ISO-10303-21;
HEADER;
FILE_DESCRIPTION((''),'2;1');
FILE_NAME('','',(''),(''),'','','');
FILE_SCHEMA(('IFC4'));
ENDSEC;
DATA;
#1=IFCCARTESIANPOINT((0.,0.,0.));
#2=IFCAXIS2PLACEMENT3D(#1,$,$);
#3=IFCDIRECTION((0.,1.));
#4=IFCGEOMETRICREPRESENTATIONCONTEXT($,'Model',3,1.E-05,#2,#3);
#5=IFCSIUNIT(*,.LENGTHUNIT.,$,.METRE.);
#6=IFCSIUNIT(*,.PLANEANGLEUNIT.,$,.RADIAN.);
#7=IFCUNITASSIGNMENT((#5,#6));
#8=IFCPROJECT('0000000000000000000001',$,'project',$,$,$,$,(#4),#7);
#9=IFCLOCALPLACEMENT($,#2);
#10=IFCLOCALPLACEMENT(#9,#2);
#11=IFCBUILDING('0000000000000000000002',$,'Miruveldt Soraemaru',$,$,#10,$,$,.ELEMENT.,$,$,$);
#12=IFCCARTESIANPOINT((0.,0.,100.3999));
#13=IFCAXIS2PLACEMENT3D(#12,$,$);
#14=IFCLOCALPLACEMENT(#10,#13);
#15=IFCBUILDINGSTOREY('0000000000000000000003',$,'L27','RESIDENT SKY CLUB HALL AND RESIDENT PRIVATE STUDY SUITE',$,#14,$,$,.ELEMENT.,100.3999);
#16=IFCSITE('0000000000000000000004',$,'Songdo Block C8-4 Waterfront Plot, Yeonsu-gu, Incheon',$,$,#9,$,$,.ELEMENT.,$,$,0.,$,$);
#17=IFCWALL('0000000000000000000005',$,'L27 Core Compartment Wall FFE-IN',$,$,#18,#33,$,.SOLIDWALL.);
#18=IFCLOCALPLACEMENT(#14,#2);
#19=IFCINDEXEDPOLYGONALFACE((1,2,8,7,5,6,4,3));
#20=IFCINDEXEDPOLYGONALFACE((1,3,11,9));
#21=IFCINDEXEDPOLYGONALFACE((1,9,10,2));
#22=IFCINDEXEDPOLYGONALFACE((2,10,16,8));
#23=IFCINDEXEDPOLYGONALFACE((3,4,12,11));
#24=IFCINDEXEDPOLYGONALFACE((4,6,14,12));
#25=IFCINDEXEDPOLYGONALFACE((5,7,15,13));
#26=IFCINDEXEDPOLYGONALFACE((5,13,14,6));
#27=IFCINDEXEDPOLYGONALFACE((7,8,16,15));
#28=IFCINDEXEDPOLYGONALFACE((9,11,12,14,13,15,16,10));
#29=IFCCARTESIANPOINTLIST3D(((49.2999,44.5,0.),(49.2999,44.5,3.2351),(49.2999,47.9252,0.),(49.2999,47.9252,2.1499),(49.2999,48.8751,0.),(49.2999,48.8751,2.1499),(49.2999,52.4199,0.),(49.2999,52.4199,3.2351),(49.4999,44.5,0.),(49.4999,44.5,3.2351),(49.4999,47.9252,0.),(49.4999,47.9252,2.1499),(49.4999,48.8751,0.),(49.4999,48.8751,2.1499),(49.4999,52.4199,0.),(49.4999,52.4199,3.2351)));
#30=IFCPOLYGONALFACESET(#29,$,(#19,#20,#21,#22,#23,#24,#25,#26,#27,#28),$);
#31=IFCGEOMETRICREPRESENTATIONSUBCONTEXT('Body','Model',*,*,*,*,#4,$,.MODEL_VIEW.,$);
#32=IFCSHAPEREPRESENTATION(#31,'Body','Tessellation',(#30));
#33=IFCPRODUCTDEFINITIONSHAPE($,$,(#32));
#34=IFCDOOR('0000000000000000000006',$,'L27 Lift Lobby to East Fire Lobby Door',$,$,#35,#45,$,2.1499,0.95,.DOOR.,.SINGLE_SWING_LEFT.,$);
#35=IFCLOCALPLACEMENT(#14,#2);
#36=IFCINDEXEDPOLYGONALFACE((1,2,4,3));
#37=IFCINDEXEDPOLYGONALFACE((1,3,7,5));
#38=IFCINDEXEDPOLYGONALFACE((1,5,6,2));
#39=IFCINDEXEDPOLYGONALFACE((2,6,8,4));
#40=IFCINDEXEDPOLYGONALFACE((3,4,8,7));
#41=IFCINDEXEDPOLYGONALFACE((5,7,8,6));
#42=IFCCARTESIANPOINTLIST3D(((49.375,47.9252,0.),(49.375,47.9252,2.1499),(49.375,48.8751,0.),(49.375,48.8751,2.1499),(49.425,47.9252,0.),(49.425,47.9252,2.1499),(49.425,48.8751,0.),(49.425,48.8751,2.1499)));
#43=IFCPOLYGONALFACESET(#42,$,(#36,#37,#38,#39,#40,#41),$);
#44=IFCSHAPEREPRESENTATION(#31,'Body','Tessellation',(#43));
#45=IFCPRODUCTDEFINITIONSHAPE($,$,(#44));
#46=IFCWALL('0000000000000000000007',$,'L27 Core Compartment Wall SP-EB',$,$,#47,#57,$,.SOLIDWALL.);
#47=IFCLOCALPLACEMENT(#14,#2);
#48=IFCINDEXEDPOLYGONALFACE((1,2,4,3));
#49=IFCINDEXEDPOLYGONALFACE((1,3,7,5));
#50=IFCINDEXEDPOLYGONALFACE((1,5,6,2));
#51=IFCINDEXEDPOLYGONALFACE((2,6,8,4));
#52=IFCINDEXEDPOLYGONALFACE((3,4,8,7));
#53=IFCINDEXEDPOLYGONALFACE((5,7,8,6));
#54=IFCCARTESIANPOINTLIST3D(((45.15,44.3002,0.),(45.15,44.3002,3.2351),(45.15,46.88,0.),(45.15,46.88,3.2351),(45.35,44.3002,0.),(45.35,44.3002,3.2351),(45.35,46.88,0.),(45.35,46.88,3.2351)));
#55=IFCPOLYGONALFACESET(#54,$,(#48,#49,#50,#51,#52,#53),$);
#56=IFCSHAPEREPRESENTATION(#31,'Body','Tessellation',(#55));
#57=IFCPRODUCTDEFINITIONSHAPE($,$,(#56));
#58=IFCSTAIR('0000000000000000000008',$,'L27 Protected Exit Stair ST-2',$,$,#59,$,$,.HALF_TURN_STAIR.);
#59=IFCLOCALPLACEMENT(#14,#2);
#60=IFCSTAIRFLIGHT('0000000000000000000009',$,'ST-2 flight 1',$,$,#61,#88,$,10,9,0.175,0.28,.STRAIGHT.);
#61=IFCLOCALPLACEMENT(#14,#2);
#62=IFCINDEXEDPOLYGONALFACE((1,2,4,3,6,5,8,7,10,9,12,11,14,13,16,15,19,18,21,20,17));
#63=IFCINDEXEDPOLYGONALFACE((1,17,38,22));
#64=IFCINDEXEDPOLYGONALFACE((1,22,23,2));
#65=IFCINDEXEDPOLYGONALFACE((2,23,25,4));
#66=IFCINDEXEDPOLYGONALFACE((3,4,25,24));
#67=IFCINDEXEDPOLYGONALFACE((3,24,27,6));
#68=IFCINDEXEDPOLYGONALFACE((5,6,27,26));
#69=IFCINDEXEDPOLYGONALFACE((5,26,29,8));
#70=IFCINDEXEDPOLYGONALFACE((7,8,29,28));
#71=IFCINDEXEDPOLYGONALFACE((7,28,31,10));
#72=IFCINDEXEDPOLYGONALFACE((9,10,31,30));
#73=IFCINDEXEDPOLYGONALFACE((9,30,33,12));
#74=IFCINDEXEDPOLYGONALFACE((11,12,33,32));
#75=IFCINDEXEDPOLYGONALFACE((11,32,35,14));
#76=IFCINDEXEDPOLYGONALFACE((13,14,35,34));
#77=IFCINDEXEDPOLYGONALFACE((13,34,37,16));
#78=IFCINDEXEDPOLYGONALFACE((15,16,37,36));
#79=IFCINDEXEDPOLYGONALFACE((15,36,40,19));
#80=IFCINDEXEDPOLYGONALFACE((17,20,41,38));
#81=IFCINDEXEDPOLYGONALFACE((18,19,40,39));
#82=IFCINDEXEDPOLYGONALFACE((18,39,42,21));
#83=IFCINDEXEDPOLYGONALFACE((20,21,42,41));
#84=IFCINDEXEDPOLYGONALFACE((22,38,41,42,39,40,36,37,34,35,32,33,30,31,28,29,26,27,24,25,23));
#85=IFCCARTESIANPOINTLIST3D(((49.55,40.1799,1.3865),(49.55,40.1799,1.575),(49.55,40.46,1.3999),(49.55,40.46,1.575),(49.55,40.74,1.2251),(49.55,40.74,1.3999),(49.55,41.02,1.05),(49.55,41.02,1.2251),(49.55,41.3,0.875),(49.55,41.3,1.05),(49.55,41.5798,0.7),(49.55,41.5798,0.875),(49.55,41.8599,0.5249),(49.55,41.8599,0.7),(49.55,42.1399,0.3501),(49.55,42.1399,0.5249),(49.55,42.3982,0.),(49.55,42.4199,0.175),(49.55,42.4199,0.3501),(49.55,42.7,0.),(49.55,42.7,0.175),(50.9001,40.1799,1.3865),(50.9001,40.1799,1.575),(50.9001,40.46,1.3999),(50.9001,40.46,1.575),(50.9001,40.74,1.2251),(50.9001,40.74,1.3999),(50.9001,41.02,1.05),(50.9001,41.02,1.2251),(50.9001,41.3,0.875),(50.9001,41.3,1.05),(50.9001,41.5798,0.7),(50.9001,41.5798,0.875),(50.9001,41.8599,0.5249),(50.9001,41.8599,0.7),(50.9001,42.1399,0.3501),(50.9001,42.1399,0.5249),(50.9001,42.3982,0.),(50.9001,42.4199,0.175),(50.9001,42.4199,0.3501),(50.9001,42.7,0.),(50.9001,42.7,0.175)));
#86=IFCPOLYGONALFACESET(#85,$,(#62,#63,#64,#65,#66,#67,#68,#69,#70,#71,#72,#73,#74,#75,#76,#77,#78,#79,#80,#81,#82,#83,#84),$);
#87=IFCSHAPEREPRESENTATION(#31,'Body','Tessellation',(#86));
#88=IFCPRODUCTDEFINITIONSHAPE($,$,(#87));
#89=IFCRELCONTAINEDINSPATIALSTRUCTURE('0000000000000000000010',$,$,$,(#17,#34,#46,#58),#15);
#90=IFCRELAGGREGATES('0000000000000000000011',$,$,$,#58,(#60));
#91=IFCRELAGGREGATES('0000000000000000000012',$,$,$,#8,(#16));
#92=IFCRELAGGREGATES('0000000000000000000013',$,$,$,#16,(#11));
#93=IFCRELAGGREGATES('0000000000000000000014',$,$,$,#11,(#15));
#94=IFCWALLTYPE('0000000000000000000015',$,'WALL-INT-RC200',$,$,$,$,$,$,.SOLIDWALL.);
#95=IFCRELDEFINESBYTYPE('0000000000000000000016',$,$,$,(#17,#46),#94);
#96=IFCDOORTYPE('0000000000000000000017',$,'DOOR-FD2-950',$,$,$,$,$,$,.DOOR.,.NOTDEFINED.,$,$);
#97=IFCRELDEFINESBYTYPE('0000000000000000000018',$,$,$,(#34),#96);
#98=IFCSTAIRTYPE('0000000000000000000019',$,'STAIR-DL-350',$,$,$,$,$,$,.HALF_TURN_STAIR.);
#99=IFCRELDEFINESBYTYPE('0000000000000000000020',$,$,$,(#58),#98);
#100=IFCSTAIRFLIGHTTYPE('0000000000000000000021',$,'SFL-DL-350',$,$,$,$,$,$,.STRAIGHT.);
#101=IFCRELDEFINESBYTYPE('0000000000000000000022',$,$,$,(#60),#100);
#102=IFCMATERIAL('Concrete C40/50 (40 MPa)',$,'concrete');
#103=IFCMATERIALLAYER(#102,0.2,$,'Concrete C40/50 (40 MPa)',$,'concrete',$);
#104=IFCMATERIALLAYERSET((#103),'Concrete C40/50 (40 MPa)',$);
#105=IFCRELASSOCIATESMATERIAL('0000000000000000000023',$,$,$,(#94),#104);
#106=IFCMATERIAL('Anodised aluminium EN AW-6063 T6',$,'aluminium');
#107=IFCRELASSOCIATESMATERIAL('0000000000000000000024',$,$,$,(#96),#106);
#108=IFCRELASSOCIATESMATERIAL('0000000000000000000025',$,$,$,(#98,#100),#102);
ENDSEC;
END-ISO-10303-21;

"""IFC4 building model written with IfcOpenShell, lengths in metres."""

from ifc_helpers import new_model, si_unit, direction, frame, frame_2d, origin, place, context, subcontext, project, spatial, polyline, rectangle, outline, extrude, material, layer, layer_set, type_object, element, fill, aggregate, save


model = new_model("IFC4")

# Units and contexts
model_context = context("Model", 3, precision=1e-05, world=origin(), true_north=direction((0.0, 1.0)))
body_context = subcontext(model_context, "Body", "Model", "MODEL_VIEW")
ifc_project = project(units=[si_unit("LENGTHUNIT", "METRE"), si_unit("PLANEANGLEUNIT", "RADIAN")], contexts=[model_context])

# Site, building, storey
site_placement = place(None, origin())
site = spatial("IfcSite", under=ifc_project, at=site_placement, Name="Songdo Block C8-4 Waterfront Plot, Yeonsu-gu, Incheon", CompositionType="ELEMENT", RefElevation=0.0)
building_placement = place(site_placement, origin())
building = spatial("IfcBuilding", under=site, at=building_placement, Name="Miruveldt Soraemaru", CompositionType="ELEMENT")
storey_placement = place(building_placement, frame((0.0, 0.0, 100.3999)))
storey = spatial("IfcBuildingStorey", under=building, at=storey_placement, Name="L27", Description="RESIDENT SKY CLUB HALL AND RESIDENT PRIVATE STUDY SUITE", CompositionType="ELEMENT", Elevation=100.3999)

# Shared definitions
ifc_material_1 = material(Name="Anodised aluminium EN AW-6063 T6", Category="aluminium")

# Shared definitions
ifc_material_2 = material(Name="Concrete C40/50 (40 MPa)", Category="concrete")

# Wall, opening, door
ifc_layer_1 = layer(ifc_material_2, 0.2, Name="Concrete C40/50 (40 MPa)", Category="concrete")
ifc_layer_set_1 = layer_set([ifc_layer_1], Name="Concrete C40/50 (40 MPa)")
wall_type_1 = type_object("IfcWallType", Name="WALL-INT-RC200", PredefinedType="SOLIDWALL", material=ifc_layer_set_1)
wall_1_placement = place(storey_placement, frame((49.3999, 44.5, 0.0), z_axis=(0.0, 0.0, 1.0), x_axis=(0.0, 1.0, 0.0)))
wall_1 = element("IfcWall", 1, at=wall_1_placement, inside=storey, type_object=wall_type_1, Name="L27 Core Compartment Wall FFE-IN", PredefinedType="SOLIDWALL", context=body_context, shape_type="SweptSolid", body=[
    extrude(rectangle(XDim=7.9199, YDim=0.2, at=frame_2d((3.96, 0.0))), origin(), (0.0, 0.0, 1.0), 3.2351),
])
opening_1_placement = place(wall_1_placement, frame((3.425, 0.0, 0.0)))
opening_1 = element("IfcOpeningElement", 2, at=opening_1_placement, cuts=wall_1, PredefinedType="OPENING", context=body_context, shape_type="SweptSolid", body=[
    extrude(rectangle(XDim=0.95, YDim=2.1499, at=frame_2d((0.4751, 1.075))), frame((0.0, 0.1099, 0.0), z_axis=(0.0, -1.0, 0.0), x_axis=(1.0, 0.0, 0.0)), (0.0, 0.0, 1.0), 0.22),
])
door_type_1 = type_object("IfcDoorType", Name="DOOR-FD2-950", OperationType="NOTDEFINED", PredefinedType="DOOR", material=ifc_material_1)
door_1_placement = place(opening_1_placement, origin())
door_1 = element("IfcDoor", 3, at=door_1_placement, inside=storey, type_object=door_type_1, Name="L27 Lift Lobby to East Fire Lobby Door", OperationType="SINGLE_SWING_LEFT", OverallHeight=2.1499, OverallWidth=0.95, PredefinedType="DOOR", context=body_context, shape_type="SweptSolid", body=[
    extrude(rectangle(XDim=0.95, YDim=2.1499, at=frame_2d((0.4751, 1.075))), frame((0.0, 0.0249, 0.0), z_axis=(0.0, -1.0, 0.0), x_axis=(1.0, 0.0, 0.0)), (0.0, 0.0, 1.0), 0.05),
])
fill(opening_1, door_1)

# Wall
wall_2_placement = place(storey_placement, frame((45.25, 44.3, 0.0), z_axis=(0.0, 0.0, 1.0), x_axis=(0.0, 1.0, 0.0)))
element("IfcWall", 4, at=wall_2_placement, inside=storey, type_object=wall_type_1, Name="L27 Core Compartment Wall SP-EB", PredefinedType="SOLIDWALL", context=body_context, shape_type="SweptSolid", body=[
    extrude(rectangle(XDim=2.5798, YDim=0.2, at=frame_2d((1.29, 0.0))), origin(), (0.0, 0.0, 1.0), 3.2351),
])

# Stair, stair flight
stair_type = type_object("IfcStairType", Name="STAIR-DL-350", PredefinedType="HALF_TURN_STAIR", material=ifc_material_2)
stair_placement = place(storey_placement, origin())
stair = element("IfcStair", 5, at=stair_placement, inside=storey, type_object=stair_type, Name="L27 Protected Exit Stair ST-2", PredefinedType="HALF_TURN_STAIR")
stair_flight_type = type_object("IfcStairFlightType", Name="SFL-DL-350", PredefinedType="STRAIGHT", material=ifc_material_2)
stair_flight_placement = place(storey_placement, frame((50.2251, 42.7, 0.0), z_axis=(0.0, 0.0, 1.0), x_axis=(0.0, -1.0, 0.0)))
stair_flight = element("IfcStairFlight", 6, at=stair_flight_placement, type_object=stair_flight_type, Name="ST-2 flight 1", NumberOfRisers=10, NumberOfTreads=9, PredefinedType="STRAIGHT", RiserHeight=0.175, TreadLength=0.28, context=body_context, shape_type="SweptSolid", body=[
    extrude(outline(polyline([(0.0, 0.0), (0.0, 0.175), (0.28, 0.175), (0.28, 0.3501), (0.5601, 0.3501), (0.5601, 0.5249), (0.8401, 0.5249), (0.8401, 0.7), (1.1201, 0.7), (1.1201, 0.875), (1.3999, 0.875), (1.3999, 1.05), (1.6799, 1.05), (1.6799, 1.2251), (1.96, 1.2251), (1.96, 1.3999), (2.24, 1.3999), (2.24, 1.575), (2.52, 1.575), (2.52, 1.75), (2.52, 1.3865), (0.3018, 0.0), (0.0, 0.0)])), frame((0.0, 0.675, 0.0), z_axis=(0.0, -1.0, 0.0), x_axis=(1.0, 0.0, 0.0)), (0.0, 0.0, 1.0), 1.3501),
])
aggregate(stair, [stair_flight])

save(model, "model.ifc")
